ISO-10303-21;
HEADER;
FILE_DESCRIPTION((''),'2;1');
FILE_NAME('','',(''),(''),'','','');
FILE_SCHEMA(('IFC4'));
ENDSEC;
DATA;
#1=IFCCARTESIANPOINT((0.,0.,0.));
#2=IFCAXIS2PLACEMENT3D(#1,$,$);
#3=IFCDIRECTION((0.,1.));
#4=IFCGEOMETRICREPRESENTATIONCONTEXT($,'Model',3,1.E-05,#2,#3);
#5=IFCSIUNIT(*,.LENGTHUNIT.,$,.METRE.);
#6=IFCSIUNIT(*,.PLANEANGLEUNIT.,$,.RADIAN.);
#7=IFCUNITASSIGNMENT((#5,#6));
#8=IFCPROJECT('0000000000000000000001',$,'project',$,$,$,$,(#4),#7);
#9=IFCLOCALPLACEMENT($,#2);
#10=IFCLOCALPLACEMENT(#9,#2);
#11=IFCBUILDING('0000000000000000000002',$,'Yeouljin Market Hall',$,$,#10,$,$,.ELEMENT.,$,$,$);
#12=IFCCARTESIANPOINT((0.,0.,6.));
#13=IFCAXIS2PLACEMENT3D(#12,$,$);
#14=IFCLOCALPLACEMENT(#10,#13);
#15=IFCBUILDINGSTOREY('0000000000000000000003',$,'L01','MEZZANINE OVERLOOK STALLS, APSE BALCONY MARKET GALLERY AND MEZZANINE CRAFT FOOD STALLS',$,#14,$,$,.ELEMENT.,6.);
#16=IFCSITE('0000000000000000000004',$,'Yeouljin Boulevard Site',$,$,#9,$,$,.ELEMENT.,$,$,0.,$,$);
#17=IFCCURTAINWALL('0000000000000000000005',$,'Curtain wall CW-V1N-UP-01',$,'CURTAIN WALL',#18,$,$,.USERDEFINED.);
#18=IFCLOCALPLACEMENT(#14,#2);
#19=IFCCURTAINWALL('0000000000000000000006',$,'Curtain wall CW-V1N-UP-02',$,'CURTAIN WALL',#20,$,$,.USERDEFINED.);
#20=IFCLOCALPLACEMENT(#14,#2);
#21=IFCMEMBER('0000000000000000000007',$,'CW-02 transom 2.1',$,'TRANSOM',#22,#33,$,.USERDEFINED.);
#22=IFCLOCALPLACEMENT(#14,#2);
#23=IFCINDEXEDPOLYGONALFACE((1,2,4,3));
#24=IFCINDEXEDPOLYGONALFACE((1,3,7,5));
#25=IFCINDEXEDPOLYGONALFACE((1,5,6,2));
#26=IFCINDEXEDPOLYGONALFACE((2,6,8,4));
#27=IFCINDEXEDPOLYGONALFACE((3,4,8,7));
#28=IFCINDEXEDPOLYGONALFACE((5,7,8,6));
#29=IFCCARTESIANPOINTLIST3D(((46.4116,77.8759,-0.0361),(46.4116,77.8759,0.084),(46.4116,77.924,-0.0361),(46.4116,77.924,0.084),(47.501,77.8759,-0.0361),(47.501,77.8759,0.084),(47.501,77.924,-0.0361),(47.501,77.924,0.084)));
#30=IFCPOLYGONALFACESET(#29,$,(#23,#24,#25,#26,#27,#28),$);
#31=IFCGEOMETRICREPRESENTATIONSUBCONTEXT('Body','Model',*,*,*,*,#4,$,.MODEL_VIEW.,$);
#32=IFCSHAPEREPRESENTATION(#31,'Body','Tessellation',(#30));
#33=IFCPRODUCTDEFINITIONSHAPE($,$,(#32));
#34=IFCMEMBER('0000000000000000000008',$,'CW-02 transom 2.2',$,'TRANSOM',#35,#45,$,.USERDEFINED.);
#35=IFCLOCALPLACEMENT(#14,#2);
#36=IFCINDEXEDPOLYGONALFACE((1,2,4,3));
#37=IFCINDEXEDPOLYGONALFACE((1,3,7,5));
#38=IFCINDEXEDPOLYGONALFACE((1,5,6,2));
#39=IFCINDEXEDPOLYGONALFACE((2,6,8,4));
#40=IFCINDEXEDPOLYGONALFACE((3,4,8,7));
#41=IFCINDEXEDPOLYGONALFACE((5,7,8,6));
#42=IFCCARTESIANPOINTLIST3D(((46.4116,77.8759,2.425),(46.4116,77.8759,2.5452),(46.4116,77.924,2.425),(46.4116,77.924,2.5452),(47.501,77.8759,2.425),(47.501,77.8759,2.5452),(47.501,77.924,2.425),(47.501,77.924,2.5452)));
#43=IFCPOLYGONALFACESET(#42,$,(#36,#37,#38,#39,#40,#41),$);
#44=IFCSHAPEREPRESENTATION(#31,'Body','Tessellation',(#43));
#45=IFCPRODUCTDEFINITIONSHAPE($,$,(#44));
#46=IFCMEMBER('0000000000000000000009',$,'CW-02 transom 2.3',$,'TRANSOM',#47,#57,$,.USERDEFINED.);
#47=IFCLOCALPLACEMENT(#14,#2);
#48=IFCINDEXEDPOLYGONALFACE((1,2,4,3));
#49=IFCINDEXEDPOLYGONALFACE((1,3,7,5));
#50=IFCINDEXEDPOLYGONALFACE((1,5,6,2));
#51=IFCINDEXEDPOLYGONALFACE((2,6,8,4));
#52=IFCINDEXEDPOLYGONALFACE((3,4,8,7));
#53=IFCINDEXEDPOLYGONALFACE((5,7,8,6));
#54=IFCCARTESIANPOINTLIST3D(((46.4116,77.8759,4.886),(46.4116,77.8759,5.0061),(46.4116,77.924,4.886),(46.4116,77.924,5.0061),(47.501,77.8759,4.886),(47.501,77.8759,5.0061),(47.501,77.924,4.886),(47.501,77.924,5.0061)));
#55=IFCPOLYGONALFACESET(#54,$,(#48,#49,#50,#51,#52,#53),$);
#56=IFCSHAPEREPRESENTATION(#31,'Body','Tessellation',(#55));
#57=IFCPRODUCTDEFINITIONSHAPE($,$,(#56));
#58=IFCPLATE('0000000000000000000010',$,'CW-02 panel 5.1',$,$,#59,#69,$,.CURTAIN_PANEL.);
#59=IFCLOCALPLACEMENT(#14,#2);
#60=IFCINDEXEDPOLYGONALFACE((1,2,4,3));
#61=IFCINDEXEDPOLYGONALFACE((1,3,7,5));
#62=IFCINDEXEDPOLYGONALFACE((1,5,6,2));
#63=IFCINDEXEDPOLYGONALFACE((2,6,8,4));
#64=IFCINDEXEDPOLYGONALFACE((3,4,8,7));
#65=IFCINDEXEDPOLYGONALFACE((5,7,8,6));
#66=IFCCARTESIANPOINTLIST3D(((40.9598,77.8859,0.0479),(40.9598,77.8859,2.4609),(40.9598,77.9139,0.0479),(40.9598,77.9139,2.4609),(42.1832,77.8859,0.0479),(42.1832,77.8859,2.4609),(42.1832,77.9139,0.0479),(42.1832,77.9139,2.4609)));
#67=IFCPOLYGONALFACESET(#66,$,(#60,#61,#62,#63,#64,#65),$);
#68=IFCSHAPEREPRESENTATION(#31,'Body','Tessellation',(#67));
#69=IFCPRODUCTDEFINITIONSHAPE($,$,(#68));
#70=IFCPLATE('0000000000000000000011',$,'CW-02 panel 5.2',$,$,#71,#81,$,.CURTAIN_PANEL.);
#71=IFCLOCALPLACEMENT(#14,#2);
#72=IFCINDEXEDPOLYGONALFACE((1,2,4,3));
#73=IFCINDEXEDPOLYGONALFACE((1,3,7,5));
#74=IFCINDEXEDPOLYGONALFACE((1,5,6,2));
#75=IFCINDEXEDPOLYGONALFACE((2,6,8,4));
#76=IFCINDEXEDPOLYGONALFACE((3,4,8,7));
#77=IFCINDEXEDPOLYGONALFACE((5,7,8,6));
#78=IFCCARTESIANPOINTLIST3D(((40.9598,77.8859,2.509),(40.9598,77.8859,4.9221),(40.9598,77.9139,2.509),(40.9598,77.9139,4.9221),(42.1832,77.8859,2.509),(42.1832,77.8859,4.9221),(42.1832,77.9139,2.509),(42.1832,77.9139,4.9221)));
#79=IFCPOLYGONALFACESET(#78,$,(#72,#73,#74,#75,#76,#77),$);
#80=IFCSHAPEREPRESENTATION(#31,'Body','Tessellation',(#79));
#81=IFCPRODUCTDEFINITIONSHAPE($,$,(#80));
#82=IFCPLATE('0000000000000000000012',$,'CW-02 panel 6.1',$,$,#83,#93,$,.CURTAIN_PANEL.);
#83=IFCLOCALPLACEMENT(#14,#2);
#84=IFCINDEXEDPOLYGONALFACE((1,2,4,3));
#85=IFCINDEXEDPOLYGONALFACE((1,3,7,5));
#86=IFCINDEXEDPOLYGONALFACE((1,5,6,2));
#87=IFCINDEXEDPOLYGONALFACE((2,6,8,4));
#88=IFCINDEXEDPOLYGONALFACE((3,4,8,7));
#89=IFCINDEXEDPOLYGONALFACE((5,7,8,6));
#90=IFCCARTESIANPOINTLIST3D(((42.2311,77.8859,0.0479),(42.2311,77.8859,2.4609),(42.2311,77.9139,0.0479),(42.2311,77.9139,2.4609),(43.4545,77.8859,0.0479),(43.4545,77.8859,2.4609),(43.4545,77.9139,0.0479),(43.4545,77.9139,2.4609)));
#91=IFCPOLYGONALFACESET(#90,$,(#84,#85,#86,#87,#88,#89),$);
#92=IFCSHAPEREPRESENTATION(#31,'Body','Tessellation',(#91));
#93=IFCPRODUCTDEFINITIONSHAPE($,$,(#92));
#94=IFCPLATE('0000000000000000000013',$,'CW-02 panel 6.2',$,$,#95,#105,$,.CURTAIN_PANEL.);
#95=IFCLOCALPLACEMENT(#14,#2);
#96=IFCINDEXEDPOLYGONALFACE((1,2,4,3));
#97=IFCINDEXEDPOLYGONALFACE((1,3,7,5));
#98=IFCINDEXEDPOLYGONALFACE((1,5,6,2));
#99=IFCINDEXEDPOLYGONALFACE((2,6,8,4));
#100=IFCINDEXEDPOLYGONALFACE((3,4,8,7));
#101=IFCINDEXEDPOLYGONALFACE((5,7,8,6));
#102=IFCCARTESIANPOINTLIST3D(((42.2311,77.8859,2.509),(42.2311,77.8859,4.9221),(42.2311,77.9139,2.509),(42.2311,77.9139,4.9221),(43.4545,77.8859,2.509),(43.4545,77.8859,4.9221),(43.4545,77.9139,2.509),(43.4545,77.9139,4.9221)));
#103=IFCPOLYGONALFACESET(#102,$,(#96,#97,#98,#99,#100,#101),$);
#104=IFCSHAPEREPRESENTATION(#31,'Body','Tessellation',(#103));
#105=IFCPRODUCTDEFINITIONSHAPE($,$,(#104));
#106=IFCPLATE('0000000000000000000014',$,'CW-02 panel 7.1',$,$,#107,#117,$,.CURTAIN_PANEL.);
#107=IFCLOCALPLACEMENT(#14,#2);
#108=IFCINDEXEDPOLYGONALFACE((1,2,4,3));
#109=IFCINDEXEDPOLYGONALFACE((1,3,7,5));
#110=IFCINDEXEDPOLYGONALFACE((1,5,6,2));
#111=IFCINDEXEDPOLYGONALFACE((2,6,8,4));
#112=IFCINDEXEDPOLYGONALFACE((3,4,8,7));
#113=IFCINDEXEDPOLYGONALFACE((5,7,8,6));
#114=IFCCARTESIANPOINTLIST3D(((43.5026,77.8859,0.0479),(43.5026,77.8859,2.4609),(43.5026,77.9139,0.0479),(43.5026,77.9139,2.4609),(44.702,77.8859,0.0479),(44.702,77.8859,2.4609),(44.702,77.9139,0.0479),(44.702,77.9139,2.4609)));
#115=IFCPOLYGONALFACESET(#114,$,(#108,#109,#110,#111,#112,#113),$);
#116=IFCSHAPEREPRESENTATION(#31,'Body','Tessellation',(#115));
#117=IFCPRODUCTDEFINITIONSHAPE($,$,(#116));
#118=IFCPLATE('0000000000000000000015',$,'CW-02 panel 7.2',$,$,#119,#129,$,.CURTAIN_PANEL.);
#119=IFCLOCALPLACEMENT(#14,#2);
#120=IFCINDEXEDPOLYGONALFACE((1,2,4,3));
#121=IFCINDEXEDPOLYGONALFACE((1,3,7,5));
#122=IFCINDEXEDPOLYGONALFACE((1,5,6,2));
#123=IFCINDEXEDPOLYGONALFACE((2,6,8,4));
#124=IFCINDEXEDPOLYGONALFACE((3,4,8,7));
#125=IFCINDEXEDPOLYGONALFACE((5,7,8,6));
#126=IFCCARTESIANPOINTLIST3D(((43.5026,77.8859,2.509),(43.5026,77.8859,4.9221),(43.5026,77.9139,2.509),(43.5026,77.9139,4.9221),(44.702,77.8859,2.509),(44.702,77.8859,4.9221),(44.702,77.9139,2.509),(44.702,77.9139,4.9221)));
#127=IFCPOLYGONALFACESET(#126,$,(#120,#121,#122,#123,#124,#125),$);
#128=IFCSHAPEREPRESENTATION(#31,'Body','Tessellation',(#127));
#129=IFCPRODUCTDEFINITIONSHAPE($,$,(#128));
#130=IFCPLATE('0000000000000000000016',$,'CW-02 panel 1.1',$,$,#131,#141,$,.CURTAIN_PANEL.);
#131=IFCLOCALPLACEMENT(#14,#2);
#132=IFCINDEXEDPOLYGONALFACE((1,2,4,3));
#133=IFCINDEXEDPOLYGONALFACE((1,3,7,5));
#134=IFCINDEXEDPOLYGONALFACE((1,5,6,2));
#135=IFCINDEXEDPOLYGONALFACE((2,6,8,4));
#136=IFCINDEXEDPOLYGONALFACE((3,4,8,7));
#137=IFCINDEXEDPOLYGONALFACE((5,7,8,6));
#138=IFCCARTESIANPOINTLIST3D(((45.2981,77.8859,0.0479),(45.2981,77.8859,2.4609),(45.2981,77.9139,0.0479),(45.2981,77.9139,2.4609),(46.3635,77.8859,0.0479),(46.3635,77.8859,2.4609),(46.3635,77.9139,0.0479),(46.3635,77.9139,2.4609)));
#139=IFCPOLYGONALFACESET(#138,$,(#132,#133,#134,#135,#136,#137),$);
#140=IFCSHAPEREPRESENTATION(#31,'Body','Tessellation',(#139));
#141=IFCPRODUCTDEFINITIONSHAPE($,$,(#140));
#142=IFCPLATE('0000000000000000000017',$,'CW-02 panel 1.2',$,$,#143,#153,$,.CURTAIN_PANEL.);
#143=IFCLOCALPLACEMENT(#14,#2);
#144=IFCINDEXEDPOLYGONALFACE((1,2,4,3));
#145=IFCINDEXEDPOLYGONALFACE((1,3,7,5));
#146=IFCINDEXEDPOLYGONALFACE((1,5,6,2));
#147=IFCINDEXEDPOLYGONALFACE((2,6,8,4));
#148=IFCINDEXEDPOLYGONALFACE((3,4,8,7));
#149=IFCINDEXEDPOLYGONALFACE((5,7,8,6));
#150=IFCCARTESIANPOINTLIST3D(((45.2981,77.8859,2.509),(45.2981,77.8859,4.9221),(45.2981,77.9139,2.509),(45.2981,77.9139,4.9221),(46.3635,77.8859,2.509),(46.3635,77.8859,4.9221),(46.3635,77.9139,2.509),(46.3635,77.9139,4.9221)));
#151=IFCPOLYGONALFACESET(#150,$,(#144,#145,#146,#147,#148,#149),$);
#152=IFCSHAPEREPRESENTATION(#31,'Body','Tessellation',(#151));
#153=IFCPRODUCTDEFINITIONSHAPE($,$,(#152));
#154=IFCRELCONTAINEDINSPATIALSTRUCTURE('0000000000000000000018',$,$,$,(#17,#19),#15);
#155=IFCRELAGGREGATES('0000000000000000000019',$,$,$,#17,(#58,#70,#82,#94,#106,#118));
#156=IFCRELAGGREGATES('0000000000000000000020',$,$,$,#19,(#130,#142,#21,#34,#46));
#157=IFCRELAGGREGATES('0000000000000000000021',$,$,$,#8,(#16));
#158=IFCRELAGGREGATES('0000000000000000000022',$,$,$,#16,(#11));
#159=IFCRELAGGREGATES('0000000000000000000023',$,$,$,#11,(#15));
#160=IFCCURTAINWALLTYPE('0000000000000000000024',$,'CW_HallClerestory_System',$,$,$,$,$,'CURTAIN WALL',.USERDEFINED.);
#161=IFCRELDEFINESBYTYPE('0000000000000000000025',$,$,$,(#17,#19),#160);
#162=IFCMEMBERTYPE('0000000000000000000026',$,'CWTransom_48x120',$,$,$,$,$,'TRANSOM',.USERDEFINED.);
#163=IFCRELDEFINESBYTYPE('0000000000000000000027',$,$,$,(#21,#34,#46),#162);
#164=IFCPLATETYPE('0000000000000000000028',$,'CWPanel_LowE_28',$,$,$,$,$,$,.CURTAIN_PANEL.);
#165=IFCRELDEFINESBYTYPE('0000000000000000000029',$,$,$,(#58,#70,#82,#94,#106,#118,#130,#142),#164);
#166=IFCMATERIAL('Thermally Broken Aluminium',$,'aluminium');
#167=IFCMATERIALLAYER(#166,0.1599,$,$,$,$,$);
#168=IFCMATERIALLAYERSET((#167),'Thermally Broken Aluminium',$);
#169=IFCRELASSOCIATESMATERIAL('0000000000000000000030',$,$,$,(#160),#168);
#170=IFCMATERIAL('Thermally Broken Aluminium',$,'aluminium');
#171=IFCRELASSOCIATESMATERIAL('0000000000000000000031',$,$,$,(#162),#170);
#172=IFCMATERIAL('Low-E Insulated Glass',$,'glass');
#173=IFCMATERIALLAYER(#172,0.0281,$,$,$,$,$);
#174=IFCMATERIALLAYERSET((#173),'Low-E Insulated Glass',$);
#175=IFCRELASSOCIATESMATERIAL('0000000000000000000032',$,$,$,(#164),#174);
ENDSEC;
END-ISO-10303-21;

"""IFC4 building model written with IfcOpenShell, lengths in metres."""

from ifc_helpers import new_model, si_unit, direction, frame, origin, origin_2d, place, context, subcontext, project, spatial, rectangle, extrude, material, layer, layer_set, material_profile, profile_set, type_object, element, aggregate, save


model = new_model("IFC4")

# Units and contexts
model_context = context("Model", 3, precision=1e-05, world=origin(), true_north=direction((0.0, 1.0)))
body_context = subcontext(model_context, "Body", "Model", "MODEL_VIEW")
ifc_project = project(units=[si_unit("LENGTHUNIT", "METRE"), si_unit("PLANEANGLEUNIT", "RADIAN")], contexts=[model_context])

# Site, building, storey
site_placement = place(None, origin())
site = spatial("IfcSite", under=ifc_project, at=site_placement, Name="Yeouljin Boulevard Site", CompositionType="ELEMENT", RefElevation=0.0)
building_placement = place(site_placement, origin())
building = spatial("IfcBuilding", under=site, at=building_placement, Name="Yeouljin Market Hall", CompositionType="ELEMENT")
storey_placement = place(building_placement, frame((0.0, 0.0, 6.0)))
storey = spatial("IfcBuildingStorey", under=building, at=storey_placement, Name="L01", Description="MEZZANINE OVERLOOK STALLS, APSE BALCONY MARKET GALLERY AND MEZZANINE CRAFT FOOD STALLS", CompositionType="ELEMENT", Elevation=6.0)

# Curtain walls
ifc_material_1 = material(Name="Thermally Broken Aluminium", Category="aluminium")
ifc_layer_1 = layer(ifc_material_1, 0.1599)
ifc_layer_set_1 = layer_set([ifc_layer_1], Name="Thermally Broken Aluminium")
curtain_wall_type = type_object("IfcCurtainWallType", Name="CW_HallClerestory_System", ElementType="CURTAIN WALL", PredefinedType="USERDEFINED", material=ifc_layer_set_1)
curtain_wall_1_placement = place(storey_placement, origin())
curtain_wall_1 = element("IfcCurtainWall", 1, at=curtain_wall_1_placement, inside=storey, type_object=curtain_wall_type, Name="Curtain wall CW-V1N-UP-01", ObjectType="CURTAIN WALL", PredefinedType="USERDEFINED")
curtain_wall_2_placement = place(storey_placement, origin())
curtain_wall_2 = element("IfcCurtainWall", 2, at=curtain_wall_2_placement, inside=storey, type_object=curtain_wall_type, Name="Curtain wall CW-V1N-UP-02", ObjectType="CURTAIN WALL", PredefinedType="USERDEFINED")

# Members
ifc_material_2 = material(Name="Thermally Broken Aluminium", Category="aluminium")
ifc_material_profile_1 = material_profile(ifc_material_2, rectangle(XDim=0.0481, YDim=0.1201, at=origin_2d()), Name="CW-TRAN-48x120")
ifc_profile_set_1 = profile_set([ifc_material_profile_1], Name="Thermally Broken Aluminium")
member_type_1 = type_object("IfcMemberType", Name="CWTransom_48x120", ElementType="TRANSOM", PredefinedType="USERDEFINED", material=ifc_profile_set_1)
member_1_placement = place(storey_placement, frame((46.4116, 77.8999, 0.0239), z_axis=(1.0, 0.0, 0.0), x_axis=(0.0, 1.0, 0.0)))
member_1 = element("IfcMember", 3, at=member_1_placement, type_object=member_type_1, Name="CW-02 transom 2.1", ObjectType="TRANSOM", PredefinedType="USERDEFINED", context=body_context, shape_type="SweptSolid", body=[
    extrude(rectangle(XDim=0.0481, YDim=0.1201, at=origin_2d()), origin(), (0.0, 0.0, 1.0), 1.0894),
])
member_2_placement = place(storey_placement, frame((46.4116, 77.8999, 2.4851), z_axis=(1.0, 0.0, 0.0), x_axis=(0.0, 1.0, 0.0)))
member_2 = element("IfcMember", 4, at=member_2_placement, type_object=member_type_1, Name="CW-02 transom 2.2", ObjectType="TRANSOM", PredefinedType="USERDEFINED", context=body_context, shape_type="SweptSolid", body=[
    extrude(rectangle(XDim=0.0481, YDim=0.1201, at=origin_2d()), origin(), (0.0, 0.0, 1.0), 1.0894),
])
member_3_placement = place(storey_placement, frame((46.4116, 77.8999, 4.946), z_axis=(1.0, 0.0, 0.0), x_axis=(0.0, 1.0, 0.0)))
member_3 = element("IfcMember", 5, at=member_3_placement, type_object=member_type_1, Name="CW-02 transom 2.3", ObjectType="TRANSOM", PredefinedType="USERDEFINED", context=body_context, shape_type="SweptSolid", body=[
    extrude(rectangle(XDim=0.0481, YDim=0.1201, at=origin_2d()), origin(), (0.0, 0.0, 1.0), 1.0894),
])

# Plates
ifc_material_3 = material(Name="Low-E Insulated Glass", Category="glass")
ifc_layer_2 = layer(ifc_material_3, 0.0281)
ifc_layer_set_2 = layer_set([ifc_layer_2], Name="Low-E Insulated Glass")
plate_type = type_object("IfcPlateType", Name="CWPanel_LowE_28", PredefinedType="CURTAIN_PANEL", material=ifc_layer_set_2)
plate_1_placement = place(storey_placement, frame((41.5715, 77.8999, 0.0479), z_axis=(0.0, 0.0, 1.0), x_axis=(1.0, 0.0, 0.0)))
plate_1 = element("IfcPlate", 6, at=plate_1_placement, type_object=plate_type, Name="CW-02 panel 5.1", PredefinedType="CURTAIN_PANEL", context=body_context, shape_type="SweptSolid", body=[
    extrude(rectangle(XDim=1.2234, YDim=0.0281, at=origin_2d()), origin(), (0.0, 0.0, 1.0), 2.4131),
])
plate_2_placement = place(storey_placement, frame((41.5715, 77.8999, 2.509), z_axis=(0.0, 0.0, 1.0), x_axis=(1.0, 0.0, 0.0)))
plate_2 = element("IfcPlate", 7, at=plate_2_placement, type_object=plate_type, Name="CW-02 panel 5.2", PredefinedType="CURTAIN_PANEL", context=body_context, shape_type="SweptSolid", body=[
    extrude(rectangle(XDim=1.2234, YDim=0.0281, at=origin_2d()), origin(), (0.0, 0.0, 1.0), 2.4131),
])
plate_3_placement = place(storey_placement, frame((42.8428, 77.8999, 0.0479), z_axis=(0.0, 0.0, 1.0), x_axis=(1.0, 0.0, 0.0)))
plate_3 = element("IfcPlate", 8, at=plate_3_placement, type_object=plate_type, Name="CW-02 panel 6.1", PredefinedType="CURTAIN_PANEL", context=body_context, shape_type="SweptSolid", body=[
    extrude(rectangle(XDim=1.2234, YDim=0.0281, at=origin_2d()), origin(), (0.0, 0.0, 1.0), 2.4131),
])
plate_4_placement = place(storey_placement, frame((42.8428, 77.8999, 2.509), z_axis=(0.0, 0.0, 1.0), x_axis=(1.0, 0.0, 0.0)))
plate_4 = element("IfcPlate", 9, at=plate_4_placement, type_object=plate_type, Name="CW-02 panel 6.2", PredefinedType="CURTAIN_PANEL", context=body_context, shape_type="SweptSolid", body=[
    extrude(rectangle(XDim=1.2234, YDim=0.0281, at=origin_2d()), origin(), (0.0, 0.0, 1.0), 2.4131),
])
plate_5_placement = place(storey_placement, frame((44.1023, 77.8999, 0.0479), z_axis=(0.0, 0.0, 1.0), x_axis=(1.0, 0.0, 0.0)))
plate_5 = element("IfcPlate", 10, at=plate_5_placement, type_object=plate_type, Name="CW-02 panel 7.1", PredefinedType="CURTAIN_PANEL", context=body_context, shape_type="SweptSolid", body=[
    extrude(rectangle(XDim=1.1995, YDim=0.0281, at=origin_2d()), origin(), (0.0, 0.0, 1.0), 2.4131),
])
plate_6_placement = place(storey_placement, frame((44.1023, 77.8999, 2.509), z_axis=(0.0, 0.0, 1.0), x_axis=(1.0, 0.0, 0.0)))
plate_6 = element("IfcPlate", 11, at=plate_6_placement, type_object=plate_type, Name="CW-02 panel 7.2", PredefinedType="CURTAIN_PANEL", context=body_context, shape_type="SweptSolid", body=[
    extrude(rectangle(XDim=1.1995, YDim=0.0281, at=origin_2d()), origin(), (0.0, 0.0, 1.0), 2.4131),
])
aggregate(curtain_wall_1, [plate_1, plate_2, plate_3, plate_4, plate_5, plate_6])
plate_7_placement = place(storey_placement, frame((45.8308, 77.8999, 0.0479), z_axis=(0.0, 0.0, 1.0), x_axis=(1.0, 0.0, 0.0)))
plate_7 = element("IfcPlate", 12, at=plate_7_placement, type_object=plate_type, Name="CW-02 panel 1.1", PredefinedType="CURTAIN_PANEL", context=body_context, shape_type="SweptSolid", body=[
    extrude(rectangle(XDim=1.0654, YDim=0.0281, at=origin_2d()), origin(), (0.0, 0.0, 1.0), 2.4131),
])
plate_8_placement = place(storey_placement, frame((45.8308, 77.8999, 2.509), z_axis=(0.0, 0.0, 1.0), x_axis=(1.0, 0.0, 0.0)))
plate_8 = element("IfcPlate", 13, at=plate_8_placement, type_object=plate_type, Name="CW-02 panel 1.2", PredefinedType="CURTAIN_PANEL", context=body_context, shape_type="SweptSolid", body=[
    extrude(rectangle(XDim=1.0654, YDim=0.0281, at=origin_2d()), origin(), (0.0, 0.0, 1.0), 2.4131),
])
aggregate(curtain_wall_2, [plate_7, plate_8, member_1, member_2, member_3])

save(model, "model.ifc")
